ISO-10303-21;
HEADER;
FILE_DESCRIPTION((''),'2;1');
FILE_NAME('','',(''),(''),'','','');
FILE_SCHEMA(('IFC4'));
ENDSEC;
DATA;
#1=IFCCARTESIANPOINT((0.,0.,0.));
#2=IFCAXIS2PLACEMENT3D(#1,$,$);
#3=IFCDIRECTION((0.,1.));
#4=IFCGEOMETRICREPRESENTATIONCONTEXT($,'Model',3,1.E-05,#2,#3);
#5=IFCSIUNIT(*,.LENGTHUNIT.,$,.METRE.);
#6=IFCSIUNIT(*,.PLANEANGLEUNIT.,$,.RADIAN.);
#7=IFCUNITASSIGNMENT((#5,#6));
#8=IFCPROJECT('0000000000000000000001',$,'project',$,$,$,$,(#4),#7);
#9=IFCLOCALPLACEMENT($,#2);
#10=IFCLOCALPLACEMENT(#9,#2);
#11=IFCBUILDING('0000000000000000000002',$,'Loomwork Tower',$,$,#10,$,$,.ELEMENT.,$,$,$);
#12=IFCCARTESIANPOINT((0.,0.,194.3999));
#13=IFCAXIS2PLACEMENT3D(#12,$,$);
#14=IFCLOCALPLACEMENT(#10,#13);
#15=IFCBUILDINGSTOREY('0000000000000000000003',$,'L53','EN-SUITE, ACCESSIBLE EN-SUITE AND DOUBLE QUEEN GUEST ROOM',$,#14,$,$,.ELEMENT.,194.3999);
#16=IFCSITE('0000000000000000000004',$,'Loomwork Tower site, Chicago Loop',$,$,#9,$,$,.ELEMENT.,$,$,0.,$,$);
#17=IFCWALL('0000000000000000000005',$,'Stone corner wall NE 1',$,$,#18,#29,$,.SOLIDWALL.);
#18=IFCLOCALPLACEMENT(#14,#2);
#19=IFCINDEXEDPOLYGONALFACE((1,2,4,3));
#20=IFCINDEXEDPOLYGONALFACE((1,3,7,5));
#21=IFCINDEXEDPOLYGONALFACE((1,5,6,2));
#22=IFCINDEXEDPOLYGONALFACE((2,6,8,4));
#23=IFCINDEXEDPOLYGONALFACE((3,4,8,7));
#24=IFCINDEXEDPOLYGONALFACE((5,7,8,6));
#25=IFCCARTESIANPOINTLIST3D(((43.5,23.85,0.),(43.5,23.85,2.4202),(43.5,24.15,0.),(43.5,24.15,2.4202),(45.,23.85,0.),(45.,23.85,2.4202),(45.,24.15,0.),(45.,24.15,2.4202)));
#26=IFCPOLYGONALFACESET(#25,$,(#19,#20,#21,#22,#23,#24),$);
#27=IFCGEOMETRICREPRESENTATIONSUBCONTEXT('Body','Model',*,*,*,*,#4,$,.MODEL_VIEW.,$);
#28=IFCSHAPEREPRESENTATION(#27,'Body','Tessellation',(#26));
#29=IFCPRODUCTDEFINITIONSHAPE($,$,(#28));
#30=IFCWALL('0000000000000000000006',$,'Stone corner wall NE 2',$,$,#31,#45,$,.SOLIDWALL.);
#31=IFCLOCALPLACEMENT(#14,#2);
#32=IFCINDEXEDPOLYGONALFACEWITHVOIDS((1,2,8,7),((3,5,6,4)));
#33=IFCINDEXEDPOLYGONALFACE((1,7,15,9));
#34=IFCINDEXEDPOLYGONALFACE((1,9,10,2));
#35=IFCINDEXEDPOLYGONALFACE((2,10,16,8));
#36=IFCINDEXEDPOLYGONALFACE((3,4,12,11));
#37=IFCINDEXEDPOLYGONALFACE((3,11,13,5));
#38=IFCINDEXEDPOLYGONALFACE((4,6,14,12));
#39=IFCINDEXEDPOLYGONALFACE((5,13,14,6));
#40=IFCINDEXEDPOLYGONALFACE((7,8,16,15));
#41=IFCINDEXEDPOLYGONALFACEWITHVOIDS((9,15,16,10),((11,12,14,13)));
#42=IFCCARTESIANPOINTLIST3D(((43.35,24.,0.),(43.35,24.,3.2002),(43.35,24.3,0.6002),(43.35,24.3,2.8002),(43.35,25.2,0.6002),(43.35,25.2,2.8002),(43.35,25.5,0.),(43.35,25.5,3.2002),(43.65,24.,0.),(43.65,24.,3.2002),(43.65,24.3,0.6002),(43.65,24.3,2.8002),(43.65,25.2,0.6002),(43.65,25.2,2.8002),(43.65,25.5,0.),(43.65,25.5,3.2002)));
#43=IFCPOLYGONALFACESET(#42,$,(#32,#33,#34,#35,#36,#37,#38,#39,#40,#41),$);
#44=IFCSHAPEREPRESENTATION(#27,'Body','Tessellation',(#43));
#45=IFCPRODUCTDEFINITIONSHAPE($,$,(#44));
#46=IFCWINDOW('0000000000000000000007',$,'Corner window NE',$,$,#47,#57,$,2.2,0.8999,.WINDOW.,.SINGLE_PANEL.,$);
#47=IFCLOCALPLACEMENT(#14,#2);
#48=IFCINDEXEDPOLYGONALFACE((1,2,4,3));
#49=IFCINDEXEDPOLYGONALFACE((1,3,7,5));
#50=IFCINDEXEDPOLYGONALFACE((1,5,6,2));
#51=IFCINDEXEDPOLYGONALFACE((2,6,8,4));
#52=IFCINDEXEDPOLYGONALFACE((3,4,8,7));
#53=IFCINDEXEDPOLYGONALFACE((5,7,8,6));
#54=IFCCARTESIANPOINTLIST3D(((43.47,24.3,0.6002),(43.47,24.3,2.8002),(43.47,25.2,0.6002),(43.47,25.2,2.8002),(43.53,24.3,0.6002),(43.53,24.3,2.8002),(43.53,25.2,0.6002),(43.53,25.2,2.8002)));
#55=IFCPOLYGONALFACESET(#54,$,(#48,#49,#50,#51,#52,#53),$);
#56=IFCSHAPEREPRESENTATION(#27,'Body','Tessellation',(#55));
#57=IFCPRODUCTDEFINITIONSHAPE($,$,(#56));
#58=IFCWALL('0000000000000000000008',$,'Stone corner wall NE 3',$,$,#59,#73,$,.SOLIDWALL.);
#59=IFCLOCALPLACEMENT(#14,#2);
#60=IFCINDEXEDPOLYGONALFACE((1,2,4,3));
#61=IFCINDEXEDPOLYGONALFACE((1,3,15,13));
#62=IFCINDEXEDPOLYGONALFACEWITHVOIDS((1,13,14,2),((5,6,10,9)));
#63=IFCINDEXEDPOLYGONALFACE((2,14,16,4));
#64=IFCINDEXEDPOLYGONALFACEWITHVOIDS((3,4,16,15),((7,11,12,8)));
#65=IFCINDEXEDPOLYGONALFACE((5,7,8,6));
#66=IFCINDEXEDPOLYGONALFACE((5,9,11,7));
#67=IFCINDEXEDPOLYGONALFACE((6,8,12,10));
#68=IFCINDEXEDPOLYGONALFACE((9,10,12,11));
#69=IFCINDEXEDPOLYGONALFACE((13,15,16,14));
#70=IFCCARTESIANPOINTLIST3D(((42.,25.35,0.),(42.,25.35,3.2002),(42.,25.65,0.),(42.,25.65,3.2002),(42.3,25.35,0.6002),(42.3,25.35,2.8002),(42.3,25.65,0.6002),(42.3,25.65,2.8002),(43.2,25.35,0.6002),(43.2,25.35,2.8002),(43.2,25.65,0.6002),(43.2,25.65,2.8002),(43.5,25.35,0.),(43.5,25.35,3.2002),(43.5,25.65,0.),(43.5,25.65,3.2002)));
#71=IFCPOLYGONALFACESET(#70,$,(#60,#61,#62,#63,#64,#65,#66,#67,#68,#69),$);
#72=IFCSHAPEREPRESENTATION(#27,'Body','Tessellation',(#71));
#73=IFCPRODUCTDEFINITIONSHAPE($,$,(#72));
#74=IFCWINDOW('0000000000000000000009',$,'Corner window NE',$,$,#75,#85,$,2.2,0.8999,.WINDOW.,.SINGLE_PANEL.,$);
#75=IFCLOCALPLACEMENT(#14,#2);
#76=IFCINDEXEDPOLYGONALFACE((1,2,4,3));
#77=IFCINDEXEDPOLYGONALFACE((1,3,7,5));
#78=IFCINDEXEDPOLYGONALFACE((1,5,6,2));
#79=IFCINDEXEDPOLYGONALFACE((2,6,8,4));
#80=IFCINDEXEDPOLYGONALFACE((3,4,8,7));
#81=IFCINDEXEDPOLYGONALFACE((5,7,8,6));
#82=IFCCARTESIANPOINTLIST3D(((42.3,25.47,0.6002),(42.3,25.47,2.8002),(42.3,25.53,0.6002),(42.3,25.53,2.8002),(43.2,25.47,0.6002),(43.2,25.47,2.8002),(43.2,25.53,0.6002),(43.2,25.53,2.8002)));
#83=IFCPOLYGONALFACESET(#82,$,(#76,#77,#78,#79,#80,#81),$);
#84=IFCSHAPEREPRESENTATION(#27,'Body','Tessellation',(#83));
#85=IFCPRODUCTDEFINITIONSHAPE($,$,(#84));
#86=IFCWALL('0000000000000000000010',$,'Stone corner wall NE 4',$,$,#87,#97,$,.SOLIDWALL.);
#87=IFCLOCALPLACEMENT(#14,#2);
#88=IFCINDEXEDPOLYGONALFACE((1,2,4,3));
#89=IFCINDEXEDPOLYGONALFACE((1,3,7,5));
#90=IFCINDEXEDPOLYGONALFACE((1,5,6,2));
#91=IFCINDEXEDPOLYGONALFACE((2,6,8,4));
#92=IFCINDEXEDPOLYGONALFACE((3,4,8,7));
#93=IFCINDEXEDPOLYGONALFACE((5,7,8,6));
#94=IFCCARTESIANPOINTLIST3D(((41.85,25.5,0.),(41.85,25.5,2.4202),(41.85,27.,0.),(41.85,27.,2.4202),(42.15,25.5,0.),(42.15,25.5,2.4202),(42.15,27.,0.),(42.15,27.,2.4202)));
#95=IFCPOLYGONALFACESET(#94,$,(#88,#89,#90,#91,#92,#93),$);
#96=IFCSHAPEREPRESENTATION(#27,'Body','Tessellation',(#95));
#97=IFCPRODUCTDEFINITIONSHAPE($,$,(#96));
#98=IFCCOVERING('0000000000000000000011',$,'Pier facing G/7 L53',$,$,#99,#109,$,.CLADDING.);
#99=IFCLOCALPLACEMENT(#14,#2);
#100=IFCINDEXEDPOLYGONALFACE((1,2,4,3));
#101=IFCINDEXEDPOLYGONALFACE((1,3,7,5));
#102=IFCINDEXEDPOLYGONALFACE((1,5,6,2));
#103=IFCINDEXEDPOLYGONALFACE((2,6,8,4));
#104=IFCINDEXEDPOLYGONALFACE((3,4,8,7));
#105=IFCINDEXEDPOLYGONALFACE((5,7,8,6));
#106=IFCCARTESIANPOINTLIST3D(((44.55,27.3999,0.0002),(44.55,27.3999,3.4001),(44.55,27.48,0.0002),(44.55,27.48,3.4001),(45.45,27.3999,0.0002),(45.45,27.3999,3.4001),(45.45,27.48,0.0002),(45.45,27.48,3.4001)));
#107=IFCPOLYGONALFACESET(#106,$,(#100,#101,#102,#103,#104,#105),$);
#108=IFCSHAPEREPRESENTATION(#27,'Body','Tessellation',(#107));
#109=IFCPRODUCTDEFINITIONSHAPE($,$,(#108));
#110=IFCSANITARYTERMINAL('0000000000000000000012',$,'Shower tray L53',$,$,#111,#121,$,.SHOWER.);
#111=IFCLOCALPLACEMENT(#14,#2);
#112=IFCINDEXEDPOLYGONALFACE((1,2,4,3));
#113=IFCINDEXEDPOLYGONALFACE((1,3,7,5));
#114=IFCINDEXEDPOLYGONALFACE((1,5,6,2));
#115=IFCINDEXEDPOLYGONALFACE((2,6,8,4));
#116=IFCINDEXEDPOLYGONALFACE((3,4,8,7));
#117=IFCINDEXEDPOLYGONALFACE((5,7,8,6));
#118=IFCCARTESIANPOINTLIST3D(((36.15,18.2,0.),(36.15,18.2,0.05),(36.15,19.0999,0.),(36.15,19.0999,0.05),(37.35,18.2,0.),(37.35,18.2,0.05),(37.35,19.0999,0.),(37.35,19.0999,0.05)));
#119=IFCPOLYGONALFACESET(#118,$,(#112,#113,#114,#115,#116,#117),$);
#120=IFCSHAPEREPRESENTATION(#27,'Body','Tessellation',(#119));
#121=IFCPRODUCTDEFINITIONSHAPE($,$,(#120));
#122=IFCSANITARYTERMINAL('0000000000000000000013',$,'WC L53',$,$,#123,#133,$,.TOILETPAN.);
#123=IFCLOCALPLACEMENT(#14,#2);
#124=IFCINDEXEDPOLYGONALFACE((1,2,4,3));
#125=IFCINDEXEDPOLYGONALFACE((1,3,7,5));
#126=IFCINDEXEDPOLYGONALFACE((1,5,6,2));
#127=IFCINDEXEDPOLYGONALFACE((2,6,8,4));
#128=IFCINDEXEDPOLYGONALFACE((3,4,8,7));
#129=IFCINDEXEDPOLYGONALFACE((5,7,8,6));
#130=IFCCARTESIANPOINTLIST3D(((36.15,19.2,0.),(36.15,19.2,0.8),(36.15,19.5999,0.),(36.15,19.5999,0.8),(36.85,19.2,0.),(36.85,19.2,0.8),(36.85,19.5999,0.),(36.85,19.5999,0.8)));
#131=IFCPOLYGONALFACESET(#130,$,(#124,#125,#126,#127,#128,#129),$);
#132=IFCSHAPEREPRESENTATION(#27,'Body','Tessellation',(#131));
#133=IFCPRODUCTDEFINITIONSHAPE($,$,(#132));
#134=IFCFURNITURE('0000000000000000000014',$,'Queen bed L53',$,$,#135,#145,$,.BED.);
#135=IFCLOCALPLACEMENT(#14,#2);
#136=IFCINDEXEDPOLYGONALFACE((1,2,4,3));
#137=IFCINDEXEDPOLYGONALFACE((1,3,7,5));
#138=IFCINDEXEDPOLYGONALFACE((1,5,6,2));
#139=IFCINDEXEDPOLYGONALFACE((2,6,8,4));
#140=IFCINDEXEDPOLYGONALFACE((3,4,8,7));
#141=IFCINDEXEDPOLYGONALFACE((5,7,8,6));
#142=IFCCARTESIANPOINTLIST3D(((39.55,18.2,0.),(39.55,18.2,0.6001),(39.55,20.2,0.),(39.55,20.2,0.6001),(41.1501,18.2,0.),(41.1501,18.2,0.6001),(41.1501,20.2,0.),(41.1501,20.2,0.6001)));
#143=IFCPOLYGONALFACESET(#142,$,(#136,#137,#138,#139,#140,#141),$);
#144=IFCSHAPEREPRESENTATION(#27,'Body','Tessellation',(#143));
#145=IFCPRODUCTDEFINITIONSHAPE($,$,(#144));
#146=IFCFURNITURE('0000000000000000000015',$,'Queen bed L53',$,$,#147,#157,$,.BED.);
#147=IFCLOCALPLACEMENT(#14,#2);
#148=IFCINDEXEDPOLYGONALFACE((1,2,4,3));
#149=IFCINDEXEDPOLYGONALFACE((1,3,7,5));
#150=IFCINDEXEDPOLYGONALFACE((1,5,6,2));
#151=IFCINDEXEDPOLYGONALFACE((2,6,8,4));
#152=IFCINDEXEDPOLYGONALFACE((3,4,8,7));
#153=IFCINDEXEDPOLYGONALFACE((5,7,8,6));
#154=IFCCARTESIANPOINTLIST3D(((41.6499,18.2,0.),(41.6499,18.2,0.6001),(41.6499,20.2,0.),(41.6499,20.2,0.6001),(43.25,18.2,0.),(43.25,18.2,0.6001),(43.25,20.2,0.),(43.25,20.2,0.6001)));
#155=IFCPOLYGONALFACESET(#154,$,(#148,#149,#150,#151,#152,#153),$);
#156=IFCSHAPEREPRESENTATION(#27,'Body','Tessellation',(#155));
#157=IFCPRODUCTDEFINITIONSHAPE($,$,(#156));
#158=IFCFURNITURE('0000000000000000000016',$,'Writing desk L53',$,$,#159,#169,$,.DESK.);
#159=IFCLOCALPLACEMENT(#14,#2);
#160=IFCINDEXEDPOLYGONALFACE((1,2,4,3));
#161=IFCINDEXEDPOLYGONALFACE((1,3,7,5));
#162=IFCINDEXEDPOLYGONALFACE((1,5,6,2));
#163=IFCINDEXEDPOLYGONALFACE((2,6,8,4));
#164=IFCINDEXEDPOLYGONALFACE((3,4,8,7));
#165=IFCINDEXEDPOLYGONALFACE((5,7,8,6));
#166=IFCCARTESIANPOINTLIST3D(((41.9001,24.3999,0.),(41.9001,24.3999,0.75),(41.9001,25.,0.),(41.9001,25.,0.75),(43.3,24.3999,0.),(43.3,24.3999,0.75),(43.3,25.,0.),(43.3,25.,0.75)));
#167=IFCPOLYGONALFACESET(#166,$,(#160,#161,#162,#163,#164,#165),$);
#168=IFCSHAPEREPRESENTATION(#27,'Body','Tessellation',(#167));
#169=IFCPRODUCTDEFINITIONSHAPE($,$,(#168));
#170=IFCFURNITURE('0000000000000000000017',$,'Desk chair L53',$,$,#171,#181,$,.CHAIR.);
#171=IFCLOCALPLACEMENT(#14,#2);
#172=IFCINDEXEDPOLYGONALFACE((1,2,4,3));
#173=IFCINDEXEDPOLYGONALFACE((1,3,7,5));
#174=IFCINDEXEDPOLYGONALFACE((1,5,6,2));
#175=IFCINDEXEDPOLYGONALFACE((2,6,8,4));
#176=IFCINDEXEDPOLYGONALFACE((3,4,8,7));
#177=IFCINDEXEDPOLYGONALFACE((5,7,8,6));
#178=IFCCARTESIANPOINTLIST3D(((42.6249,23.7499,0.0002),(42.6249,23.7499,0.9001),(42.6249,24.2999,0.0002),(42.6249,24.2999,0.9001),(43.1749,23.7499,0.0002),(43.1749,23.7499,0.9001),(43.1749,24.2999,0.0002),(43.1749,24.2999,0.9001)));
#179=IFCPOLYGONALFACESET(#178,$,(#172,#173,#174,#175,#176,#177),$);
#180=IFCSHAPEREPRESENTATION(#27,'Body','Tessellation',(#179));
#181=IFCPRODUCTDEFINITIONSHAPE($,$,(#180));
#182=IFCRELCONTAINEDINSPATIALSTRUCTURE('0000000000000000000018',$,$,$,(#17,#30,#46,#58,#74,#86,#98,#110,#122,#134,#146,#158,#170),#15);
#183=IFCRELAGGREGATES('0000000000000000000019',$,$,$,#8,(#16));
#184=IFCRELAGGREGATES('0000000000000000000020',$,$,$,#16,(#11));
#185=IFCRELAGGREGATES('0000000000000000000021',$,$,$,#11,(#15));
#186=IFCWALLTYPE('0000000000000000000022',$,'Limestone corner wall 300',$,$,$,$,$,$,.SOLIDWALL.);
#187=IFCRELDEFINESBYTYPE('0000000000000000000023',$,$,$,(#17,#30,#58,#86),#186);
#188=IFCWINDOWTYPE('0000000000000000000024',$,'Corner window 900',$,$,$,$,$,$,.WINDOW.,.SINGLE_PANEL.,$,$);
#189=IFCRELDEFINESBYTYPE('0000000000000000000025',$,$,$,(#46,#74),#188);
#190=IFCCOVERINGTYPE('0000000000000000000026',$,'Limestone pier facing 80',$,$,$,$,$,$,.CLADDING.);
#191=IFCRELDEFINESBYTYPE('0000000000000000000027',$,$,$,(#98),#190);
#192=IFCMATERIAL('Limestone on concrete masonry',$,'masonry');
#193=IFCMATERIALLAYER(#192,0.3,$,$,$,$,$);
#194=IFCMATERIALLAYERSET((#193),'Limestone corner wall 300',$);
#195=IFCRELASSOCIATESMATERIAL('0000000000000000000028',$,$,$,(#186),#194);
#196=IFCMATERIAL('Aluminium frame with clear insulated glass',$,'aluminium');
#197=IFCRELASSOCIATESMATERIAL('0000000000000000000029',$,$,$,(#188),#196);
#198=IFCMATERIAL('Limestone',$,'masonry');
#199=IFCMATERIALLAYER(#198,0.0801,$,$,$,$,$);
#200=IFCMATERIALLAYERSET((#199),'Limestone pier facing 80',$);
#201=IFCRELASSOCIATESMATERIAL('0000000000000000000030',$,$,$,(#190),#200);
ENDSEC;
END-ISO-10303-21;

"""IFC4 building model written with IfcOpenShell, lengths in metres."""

from ifc_helpers import new_model, si_unit, direction, frame, frame_2d, origin, origin_2d, place, context, subcontext, project, spatial, rectangle, extrude, material, layer, layer_set, type_object, element, fill, save


model = new_model("IFC4")

# Units and contexts
model_context = context("Model", 3, precision=1e-05, world=origin(), true_north=direction((0.0, 1.0)))
body_context = subcontext(model_context, "Body", "Model", "MODEL_VIEW")
ifc_project = project(units=[si_unit("LENGTHUNIT", "METRE"), si_unit("PLANEANGLEUNIT", "RADIAN")], contexts=[model_context])

# Site, building, storey
site_placement = place(None, origin())
site = spatial("IfcSite", under=ifc_project, at=site_placement, Name="Loomwork Tower site, Chicago Loop", CompositionType="ELEMENT", RefElevation=0.0)
building_placement = place(site_placement, origin())
building = spatial("IfcBuilding", under=site, at=building_placement, Name="Loomwork Tower", CompositionType="ELEMENT")
storey_placement = place(building_placement, frame((0.0, 0.0, 194.3999)))
storey = spatial("IfcBuildingStorey", under=building, at=storey_placement, Name="L53", Description="EN-SUITE, ACCESSIBLE EN-SUITE AND DOUBLE QUEEN GUEST ROOM", CompositionType="ELEMENT", Elevation=194.3999)

# Wall
ifc_material_1 = material(Name="Limestone on concrete masonry", Category="masonry")
ifc_layer_1 = layer(ifc_material_1, 0.3)
ifc_layer_set_1 = layer_set([ifc_layer_1], Name="Limestone corner wall 300")
wall_type = type_object("IfcWallType", Name="Limestone corner wall 300", PredefinedType="SOLIDWALL", material=ifc_layer_set_1)
wall_1_placement = place(storey_placement, frame((45.0, 24.0, 0.0), z_axis=(0.0, 0.0, 1.0), x_axis=(-1.0, 0.0, 0.0)))
element("IfcWall", 1, at=wall_1_placement, inside=storey, type_object=wall_type, Name="Stone corner wall NE 1", PredefinedType="SOLIDWALL", context=body_context, shape_type="SweptSolid", body=[
    extrude(rectangle(XDim=1.5, YDim=0.3, at=frame_2d((0.75, 0.0))), origin(), (0.0, 0.0, 1.0), 2.4202),
])

# Walls, openings, windows
wall_2_placement = place(storey_placement, frame((43.5, 24.0, 0.0), z_axis=(0.0, 0.0, 1.0), x_axis=(0.0, 1.0, 0.0)))
wall_2 = element("IfcWall", 2, at=wall_2_placement, inside=storey, type_object=wall_type, Name="Stone corner wall NE 2", PredefinedType="SOLIDWALL", context=body_context, shape_type="SweptSolid", body=[
    extrude(rectangle(XDim=1.5, YDim=0.3, at=frame_2d((0.75, 0.0))), origin(), (0.0, 0.0, 1.0), 3.2002),
])
opening_1_placement = place(wall_2_placement, frame((0.3, 0.0, 0.6001)))
opening_1 = element("IfcOpeningElement", 3, at=opening_1_placement, cuts=wall_2, PredefinedType="OPENING", context=body_context, shape_type="SweptSolid", body=[
    extrude(rectangle(XDim=0.8999, YDim=2.2, at=frame_2d((0.45, 1.1001))), frame((0.0, 0.1599, 0.0), z_axis=(0.0, -1.0, 0.0), x_axis=(1.0, 0.0, 0.0)), (0.0, 0.0, 1.0), 0.3201),
])
ifc_material_2 = material(Name="Aluminium frame with clear insulated glass", Category="aluminium")
window_type = type_object("IfcWindowType", Name="Corner window 900", PartitioningType="SINGLE_PANEL", PredefinedType="WINDOW", material=ifc_material_2)
window_1_placement = place(opening_1_placement, origin())
window_1 = element("IfcWindow", 4, at=window_1_placement, inside=storey, type_object=window_type, Name="Corner window NE", OverallHeight=2.2, OverallWidth=0.8999, PartitioningType="SINGLE_PANEL", PredefinedType="WINDOW", context=body_context, shape_type="SweptSolid", body=[
    extrude(rectangle(XDim=0.8999, YDim=2.2, at=frame_2d((0.45, 1.1001))), frame((0.0, 0.03, 0.0), z_axis=(0.0, -1.0, 0.0), x_axis=(1.0, 0.0, 0.0)), (0.0, 0.0, 1.0), 0.0601),
])
fill(opening_1, window_1)
wall_3_placement = place(storey_placement, frame((43.5, 25.5, 0.0), z_axis=(0.0, 0.0, 1.0), x_axis=(-1.0, 0.0, 0.0)))
wall_3 = element("IfcWall", 5, at=wall_3_placement, inside=storey, type_object=wall_type, Name="Stone corner wall NE 3", PredefinedType="SOLIDWALL", context=body_context, shape_type="SweptSolid", body=[
    extrude(rectangle(XDim=1.5, YDim=0.3, at=frame_2d((0.75, 0.0))), origin(), (0.0, 0.0, 1.0), 3.2002),
])
opening_2_placement = place(wall_3_placement, frame((0.3, 0.0, 0.6001)))
opening_2 = element("IfcOpeningElement", 6, at=opening_2_placement, cuts=wall_3, PredefinedType="OPENING", context=body_context, shape_type="SweptSolid", body=[
    extrude(rectangle(XDim=0.8999, YDim=2.2, at=frame_2d((0.45, 1.1001))), frame((0.0, 0.1599, 0.0), z_axis=(0.0, -1.0, 0.0), x_axis=(1.0, 0.0, 0.0)), (0.0, 0.0, 1.0), 0.3201),
])
window_2_placement = place(opening_2_placement, origin())
window_2 = element("IfcWindow", 7, at=window_2_placement, inside=storey, type_object=window_type, Name="Corner window NE", OverallHeight=2.2, OverallWidth=0.8999, PartitioningType="SINGLE_PANEL", PredefinedType="WINDOW", context=body_context, shape_type="SweptSolid", body=[
    extrude(rectangle(XDim=0.8999, YDim=2.2, at=frame_2d((0.45, 1.1001))), frame((0.0, 0.03, 0.0), z_axis=(0.0, -1.0, 0.0), x_axis=(1.0, 0.0, 0.0)), (0.0, 0.0, 1.0), 0.0601),
])
fill(opening_2, window_2)

# Wall
wall_4_placement = place(storey_placement, frame((42.0, 25.5, 0.0), z_axis=(0.0, 0.0, 1.0), x_axis=(0.0, 1.0, 0.0)))
element("IfcWall", 8, at=wall_4_placement, inside=storey, type_object=wall_type, Name="Stone corner wall NE 4", PredefinedType="SOLIDWALL", context=body_context, shape_type="SweptSolid", body=[
    extrude(rectangle(XDim=1.5, YDim=0.3, at=frame_2d((0.75, 0.0))), origin(), (0.0, 0.0, 1.0), 2.4202),
])

# Covering
ifc_material_3 = material(Name="Limestone", Category="masonry")
ifc_layer_2 = layer(ifc_material_3, 0.0801)
ifc_layer_set_2 = layer_set([ifc_layer_2], Name="Limestone pier facing 80")
covering_type = type_object("IfcCoveringType", Name="Limestone pier facing 80", PredefinedType="CLADDING", material=ifc_layer_set_2)
covering_placement = place(storey_placement, frame((45.0, 27.4399, 0.0002), z_axis=(0.0, 0.0, 1.0), x_axis=(1.0, 0.0, 0.0)))
element("IfcCovering", 9, at=covering_placement, inside=storey, type_object=covering_type, Name="Pier facing G/7 L53", PredefinedType="CLADDING", context=body_context, shape_type="SweptSolid", body=[
    extrude(rectangle(XDim=0.8999, YDim=0.0801, at=origin_2d()), origin(), (0.0, 0.0, 1.0), 3.3999),
])

# Sanitary terminals
sanitary_terminal_1_placement = place(storey_placement, frame((36.75, 18.6499, 0.0), z_axis=(0.0, 0.0, 1.0), x_axis=(1.0, 0.0, 0.0)))
element("IfcSanitaryTerminal", 10, at=sanitary_terminal_1_placement, inside=storey, Name="Shower tray L53", PredefinedType="SHOWER", context=body_context, shape_type="SweptSolid", body=[
    extrude(rectangle(XDim=1.2, YDim=0.8999, at=origin_2d()), origin(), (0.0, 0.0, 1.0), 0.05),
])
sanitary_terminal_2_placement = place(storey_placement, frame((36.5, 19.3999, 0.0), z_axis=(0.0, 0.0, 1.0), x_axis=(1.0, 0.0, 0.0)))
element("IfcSanitaryTerminal", 11, at=sanitary_terminal_2_placement, inside=storey, Name="WC L53", PredefinedType="TOILETPAN", context=body_context, shape_type="SweptSolid", body=[
    extrude(rectangle(XDim=0.7, YDim=0.3999, at=origin_2d()), origin(), (0.0, 0.0, 1.0), 0.8),
])

# Furniture
for number, where, z_axis, x_axis, name in (
    (12, (40.3501, 19.2, 0.0), (0.0, 0.0, 1.0), (1.0, 0.0, 0.0), "Queen bed L53"),
    (13, (42.45, 19.2, 0.0), (0.0, 0.0, 1.0), (1.0, 0.0, 0.0), "Queen bed L53"),
):
    element("IfcFurniture", number, at=place(storey_placement, frame(where, z_axis=z_axis, x_axis=x_axis)), inside=storey, Name=name, PredefinedType="BED", context=body_context, shape_type="SweptSolid", body=[
        extrude(rectangle(XDim=1.6001, YDim=2.0, at=origin_2d()), origin(), (0.0, 0.0, 1.0), 0.6001),
    ])
furniture_1_placement = place(storey_placement, frame((42.6001, 24.7, 0.0), z_axis=(0.0, 0.0, 1.0), x_axis=(1.0, 0.0, 0.0)))
element("IfcFurniture", 14, at=furniture_1_placement, inside=storey, Name="Writing desk L53", PredefinedType="DESK", context=body_context, shape_type="SweptSolid", body=[
    extrude(rectangle(XDim=1.3999, YDim=0.6001, at=origin_2d()), origin(), (0.0, 0.0, 1.0), 0.75),
])
furniture_2_placement = place(storey_placement, frame((42.8999, 24.0249, 0.0002), z_axis=(0.0, 0.0, 1.0), x_axis=(1.0, 0.0, 0.0)))
element("IfcFurniture", 15, at=furniture_2_placement, inside=storey, Name="Desk chair L53", PredefinedType="CHAIR", context=body_context, shape_type="SweptSolid", body=[
    extrude(rectangle(XDim=0.55, YDim=0.55, at=origin_2d()), origin(), (0.0, 0.0, 1.0), 0.8999),
])

save(model, "model.ifc")
